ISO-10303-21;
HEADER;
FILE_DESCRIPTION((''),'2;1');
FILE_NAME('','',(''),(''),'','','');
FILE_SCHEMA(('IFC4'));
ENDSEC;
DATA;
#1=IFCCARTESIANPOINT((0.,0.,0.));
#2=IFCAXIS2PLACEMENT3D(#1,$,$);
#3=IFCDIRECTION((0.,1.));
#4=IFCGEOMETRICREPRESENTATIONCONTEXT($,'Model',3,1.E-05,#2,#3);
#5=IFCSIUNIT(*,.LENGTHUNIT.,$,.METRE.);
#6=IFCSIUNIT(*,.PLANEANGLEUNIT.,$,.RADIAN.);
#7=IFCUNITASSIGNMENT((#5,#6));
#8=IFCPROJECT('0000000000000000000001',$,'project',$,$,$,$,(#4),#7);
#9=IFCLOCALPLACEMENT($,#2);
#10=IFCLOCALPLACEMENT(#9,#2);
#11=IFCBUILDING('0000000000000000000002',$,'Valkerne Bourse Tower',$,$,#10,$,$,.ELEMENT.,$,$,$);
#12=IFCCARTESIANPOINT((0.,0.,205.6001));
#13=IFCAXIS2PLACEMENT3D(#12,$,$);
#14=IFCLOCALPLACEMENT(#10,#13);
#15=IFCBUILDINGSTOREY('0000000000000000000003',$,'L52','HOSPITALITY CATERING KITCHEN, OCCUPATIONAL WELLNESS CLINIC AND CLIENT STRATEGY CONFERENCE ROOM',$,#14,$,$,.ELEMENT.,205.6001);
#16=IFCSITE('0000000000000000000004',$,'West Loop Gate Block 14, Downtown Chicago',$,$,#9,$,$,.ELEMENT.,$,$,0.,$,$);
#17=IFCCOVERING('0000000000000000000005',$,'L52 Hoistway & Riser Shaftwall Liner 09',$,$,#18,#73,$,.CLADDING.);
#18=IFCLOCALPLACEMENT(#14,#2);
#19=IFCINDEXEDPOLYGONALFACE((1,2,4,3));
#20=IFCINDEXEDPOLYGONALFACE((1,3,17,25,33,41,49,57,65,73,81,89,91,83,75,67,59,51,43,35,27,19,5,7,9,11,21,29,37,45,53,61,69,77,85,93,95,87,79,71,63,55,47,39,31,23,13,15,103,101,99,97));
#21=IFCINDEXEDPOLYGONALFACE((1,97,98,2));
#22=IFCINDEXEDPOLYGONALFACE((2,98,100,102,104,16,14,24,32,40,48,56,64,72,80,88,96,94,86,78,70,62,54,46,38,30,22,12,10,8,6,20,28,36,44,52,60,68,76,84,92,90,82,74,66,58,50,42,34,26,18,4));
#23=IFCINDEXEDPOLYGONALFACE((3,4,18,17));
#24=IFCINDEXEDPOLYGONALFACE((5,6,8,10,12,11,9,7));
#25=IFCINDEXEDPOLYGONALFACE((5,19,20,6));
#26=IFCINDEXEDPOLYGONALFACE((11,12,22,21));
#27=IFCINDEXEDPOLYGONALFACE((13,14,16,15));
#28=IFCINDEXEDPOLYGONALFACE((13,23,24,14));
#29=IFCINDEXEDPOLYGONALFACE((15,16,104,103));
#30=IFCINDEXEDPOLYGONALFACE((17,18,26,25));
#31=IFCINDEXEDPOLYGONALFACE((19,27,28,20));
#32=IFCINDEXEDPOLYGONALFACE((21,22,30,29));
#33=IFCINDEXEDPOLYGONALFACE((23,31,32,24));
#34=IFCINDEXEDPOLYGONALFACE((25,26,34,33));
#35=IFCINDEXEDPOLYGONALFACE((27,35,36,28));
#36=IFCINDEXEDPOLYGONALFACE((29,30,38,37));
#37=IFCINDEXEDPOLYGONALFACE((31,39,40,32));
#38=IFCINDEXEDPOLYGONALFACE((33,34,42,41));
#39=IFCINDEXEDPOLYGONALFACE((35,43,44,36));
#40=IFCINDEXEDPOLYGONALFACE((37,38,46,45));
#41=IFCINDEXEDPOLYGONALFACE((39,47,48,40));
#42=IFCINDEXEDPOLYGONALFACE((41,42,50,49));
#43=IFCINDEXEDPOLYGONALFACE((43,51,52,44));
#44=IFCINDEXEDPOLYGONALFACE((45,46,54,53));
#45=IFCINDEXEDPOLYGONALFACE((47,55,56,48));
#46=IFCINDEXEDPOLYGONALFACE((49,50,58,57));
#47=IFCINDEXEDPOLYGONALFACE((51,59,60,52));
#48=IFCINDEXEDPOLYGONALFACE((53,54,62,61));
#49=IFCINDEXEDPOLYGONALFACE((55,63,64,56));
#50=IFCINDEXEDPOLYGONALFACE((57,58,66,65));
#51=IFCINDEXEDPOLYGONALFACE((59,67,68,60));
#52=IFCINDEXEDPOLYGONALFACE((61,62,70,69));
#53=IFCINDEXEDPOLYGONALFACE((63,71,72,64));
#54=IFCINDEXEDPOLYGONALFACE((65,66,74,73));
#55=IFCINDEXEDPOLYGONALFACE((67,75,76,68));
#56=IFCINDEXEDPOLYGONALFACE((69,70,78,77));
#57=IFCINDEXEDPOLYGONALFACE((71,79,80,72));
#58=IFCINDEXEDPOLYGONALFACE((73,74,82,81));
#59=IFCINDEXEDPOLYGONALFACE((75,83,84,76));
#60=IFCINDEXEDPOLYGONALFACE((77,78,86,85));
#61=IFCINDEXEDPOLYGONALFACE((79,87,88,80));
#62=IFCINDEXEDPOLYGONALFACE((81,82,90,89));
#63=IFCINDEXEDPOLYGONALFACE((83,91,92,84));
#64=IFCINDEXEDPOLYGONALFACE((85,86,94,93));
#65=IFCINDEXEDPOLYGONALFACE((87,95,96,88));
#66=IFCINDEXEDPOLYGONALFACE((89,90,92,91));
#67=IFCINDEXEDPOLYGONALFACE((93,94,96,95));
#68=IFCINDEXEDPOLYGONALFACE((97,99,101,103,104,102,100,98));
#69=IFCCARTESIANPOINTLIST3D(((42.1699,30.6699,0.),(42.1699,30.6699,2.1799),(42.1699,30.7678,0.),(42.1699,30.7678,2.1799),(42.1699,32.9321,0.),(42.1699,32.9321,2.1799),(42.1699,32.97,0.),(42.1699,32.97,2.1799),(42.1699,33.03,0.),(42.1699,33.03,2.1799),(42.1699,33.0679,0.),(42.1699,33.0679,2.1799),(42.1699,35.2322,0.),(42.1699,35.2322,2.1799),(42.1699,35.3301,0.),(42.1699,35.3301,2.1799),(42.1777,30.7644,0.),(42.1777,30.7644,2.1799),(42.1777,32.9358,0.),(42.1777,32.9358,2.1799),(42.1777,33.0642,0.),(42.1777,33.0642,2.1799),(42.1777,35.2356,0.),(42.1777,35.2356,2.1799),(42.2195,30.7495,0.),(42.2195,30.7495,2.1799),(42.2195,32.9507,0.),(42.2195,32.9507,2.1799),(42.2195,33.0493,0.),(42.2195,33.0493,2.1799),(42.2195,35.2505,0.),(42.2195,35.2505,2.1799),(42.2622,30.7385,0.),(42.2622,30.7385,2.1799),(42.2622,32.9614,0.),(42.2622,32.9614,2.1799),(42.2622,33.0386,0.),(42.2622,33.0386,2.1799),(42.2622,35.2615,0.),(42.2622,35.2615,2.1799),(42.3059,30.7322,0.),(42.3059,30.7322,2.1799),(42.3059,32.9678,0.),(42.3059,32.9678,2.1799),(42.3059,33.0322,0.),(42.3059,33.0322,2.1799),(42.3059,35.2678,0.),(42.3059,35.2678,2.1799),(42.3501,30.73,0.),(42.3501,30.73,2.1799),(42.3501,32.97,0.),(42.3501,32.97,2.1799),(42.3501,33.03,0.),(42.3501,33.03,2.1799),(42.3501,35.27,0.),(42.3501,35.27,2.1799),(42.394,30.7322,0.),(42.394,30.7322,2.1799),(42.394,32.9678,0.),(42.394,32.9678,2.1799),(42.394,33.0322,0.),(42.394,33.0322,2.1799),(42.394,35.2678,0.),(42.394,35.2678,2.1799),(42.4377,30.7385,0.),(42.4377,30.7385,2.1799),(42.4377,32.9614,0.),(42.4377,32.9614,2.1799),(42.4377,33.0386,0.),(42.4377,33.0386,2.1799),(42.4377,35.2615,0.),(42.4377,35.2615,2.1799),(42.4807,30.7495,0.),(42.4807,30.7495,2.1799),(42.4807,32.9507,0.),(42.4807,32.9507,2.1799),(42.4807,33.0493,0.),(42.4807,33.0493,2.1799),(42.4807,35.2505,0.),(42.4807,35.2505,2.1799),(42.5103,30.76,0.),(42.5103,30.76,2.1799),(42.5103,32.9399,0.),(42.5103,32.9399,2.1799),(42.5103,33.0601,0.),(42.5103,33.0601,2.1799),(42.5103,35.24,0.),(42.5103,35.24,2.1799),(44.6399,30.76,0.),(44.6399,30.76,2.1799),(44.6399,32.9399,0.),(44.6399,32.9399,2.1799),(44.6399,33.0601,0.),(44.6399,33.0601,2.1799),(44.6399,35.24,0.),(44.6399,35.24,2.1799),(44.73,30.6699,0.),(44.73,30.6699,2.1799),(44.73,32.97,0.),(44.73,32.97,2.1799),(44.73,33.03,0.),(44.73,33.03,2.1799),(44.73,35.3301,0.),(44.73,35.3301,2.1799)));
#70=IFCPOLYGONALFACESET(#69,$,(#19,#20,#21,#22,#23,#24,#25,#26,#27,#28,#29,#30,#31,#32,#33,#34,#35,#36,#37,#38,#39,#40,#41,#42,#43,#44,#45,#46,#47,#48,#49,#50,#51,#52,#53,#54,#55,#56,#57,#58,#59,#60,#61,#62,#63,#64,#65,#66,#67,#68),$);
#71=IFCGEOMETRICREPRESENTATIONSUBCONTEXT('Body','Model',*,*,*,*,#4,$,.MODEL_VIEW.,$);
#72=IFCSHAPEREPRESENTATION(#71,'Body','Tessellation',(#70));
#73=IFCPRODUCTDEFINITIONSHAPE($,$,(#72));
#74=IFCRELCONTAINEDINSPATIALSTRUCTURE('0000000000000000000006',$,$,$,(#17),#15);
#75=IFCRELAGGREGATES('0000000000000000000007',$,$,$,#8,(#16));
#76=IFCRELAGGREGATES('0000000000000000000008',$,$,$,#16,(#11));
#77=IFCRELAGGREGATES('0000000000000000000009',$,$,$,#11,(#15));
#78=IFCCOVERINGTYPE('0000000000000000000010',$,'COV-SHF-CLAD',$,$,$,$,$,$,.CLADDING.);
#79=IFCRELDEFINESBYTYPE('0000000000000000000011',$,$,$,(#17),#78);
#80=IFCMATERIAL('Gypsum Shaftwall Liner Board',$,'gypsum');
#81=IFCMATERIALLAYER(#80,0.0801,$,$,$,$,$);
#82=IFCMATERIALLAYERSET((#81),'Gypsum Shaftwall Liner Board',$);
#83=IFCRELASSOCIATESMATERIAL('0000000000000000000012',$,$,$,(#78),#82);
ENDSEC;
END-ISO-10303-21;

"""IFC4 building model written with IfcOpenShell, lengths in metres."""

from ifc_helpers import new_model, si_unit, direction, frame, origin, place, context, subcontext, project, spatial, polyline, outline, extrude, material, layer, layer_set, type_object, element, save


model = new_model("IFC4")

# Units and contexts
model_context = context("Model", 3, precision=1e-05, world=origin(), true_north=direction((0.0, 1.0)))
body_context = subcontext(model_context, "Body", "Model", "MODEL_VIEW")
ifc_project = project(units=[si_unit("LENGTHUNIT", "METRE"), si_unit("PLANEANGLEUNIT", "RADIAN")], contexts=[model_context])

# Site, building, storey
site_placement = place(None, origin())
site = spatial("IfcSite", under=ifc_project, at=site_placement, Name="West Loop Gate Block 14, Downtown Chicago", CompositionType="ELEMENT", RefElevation=0.0)
building_placement = place(site_placement, origin())
building = spatial("IfcBuilding", under=site, at=building_placement, Name="Valkerne Bourse Tower", CompositionType="ELEMENT")
storey_placement = place(building_placement, frame((0.0, 0.0, 205.6001)))
storey = spatial("IfcBuildingStorey", under=building, at=storey_placement, Name="L52", Description="HOSPITALITY CATERING KITCHEN, OCCUPATIONAL WELLNESS CLINIC AND CLIENT STRATEGY CONFERENCE ROOM", CompositionType="ELEMENT", Elevation=205.6001)

# Covering
ifc_material_1 = material(Name="Gypsum Shaftwall Liner Board", Category="gypsum")
ifc_layer_1 = layer(ifc_material_1, 0.0801)
ifc_layer_set_1 = layer_set([ifc_layer_1], Name="Gypsum Shaftwall Liner Board")
covering_type_1 = type_object("IfcCoveringType", Name="COV-SHF-CLAD", PredefinedType="CLADDING", material=ifc_layer_set_1)
covering_1_placement = place(storey_placement, origin())
element("IfcCovering", 1, at=covering_1_placement, inside=storey, type_object=covering_type_1, Name="L52 Hoistway & Riser Shaftwall Liner 09", PredefinedType="CLADDING", context=body_context, shape_type="SweptSolid", body=[
    extrude(outline(polyline([(42.1699, 33.0679), (42.1777, 33.0642), (42.2195, 33.0493), (42.2622, 33.0386), (42.3059, 33.0322), (42.3501, 33.03), (42.394, 33.0322), (42.4377, 33.0386), (42.4807, 33.0493), (42.5103, 33.0601), (44.6399, 33.0601), (44.6399, 35.24), (42.5103, 35.24), (42.4807, 35.2505), (42.4377, 35.2615), (42.394, 35.2678), (42.3501, 35.27), (42.3059, 35.2678), (42.2622, 35.2615), (42.2195, 35.2505), (42.1777, 35.2356), (42.1699, 35.2322), (42.1699, 35.3301), (44.73, 35.3301), (44.73, 33.03), (44.73, 32.97), (44.73, 30.6699), (42.1699, 30.6699), (42.1699, 30.7678), (42.1777, 30.7644), (42.2195, 30.7495), (42.2622, 30.7385), (42.3059, 30.7322), (42.3501, 30.73), (42.394, 30.7322), (42.4377, 30.7385), (42.4807, 30.7495), (42.5103, 30.76), (44.6399, 30.76), (44.6399, 32.9399), (42.5103, 32.9399), (42.4807, 32.9507), (42.4377, 32.9614), (42.394, 32.9678), (42.3501, 32.97), (42.3059, 32.9678), (42.2622, 32.9614), (42.2195, 32.9507), (42.1777, 32.9358), (42.1699, 32.9321), (42.1699, 32.97), (42.1699, 33.03), (42.1699, 33.0679)])), origin(), (0.0, 0.0, 1.0), 2.1799),
])

save(model, "model.ifc")
